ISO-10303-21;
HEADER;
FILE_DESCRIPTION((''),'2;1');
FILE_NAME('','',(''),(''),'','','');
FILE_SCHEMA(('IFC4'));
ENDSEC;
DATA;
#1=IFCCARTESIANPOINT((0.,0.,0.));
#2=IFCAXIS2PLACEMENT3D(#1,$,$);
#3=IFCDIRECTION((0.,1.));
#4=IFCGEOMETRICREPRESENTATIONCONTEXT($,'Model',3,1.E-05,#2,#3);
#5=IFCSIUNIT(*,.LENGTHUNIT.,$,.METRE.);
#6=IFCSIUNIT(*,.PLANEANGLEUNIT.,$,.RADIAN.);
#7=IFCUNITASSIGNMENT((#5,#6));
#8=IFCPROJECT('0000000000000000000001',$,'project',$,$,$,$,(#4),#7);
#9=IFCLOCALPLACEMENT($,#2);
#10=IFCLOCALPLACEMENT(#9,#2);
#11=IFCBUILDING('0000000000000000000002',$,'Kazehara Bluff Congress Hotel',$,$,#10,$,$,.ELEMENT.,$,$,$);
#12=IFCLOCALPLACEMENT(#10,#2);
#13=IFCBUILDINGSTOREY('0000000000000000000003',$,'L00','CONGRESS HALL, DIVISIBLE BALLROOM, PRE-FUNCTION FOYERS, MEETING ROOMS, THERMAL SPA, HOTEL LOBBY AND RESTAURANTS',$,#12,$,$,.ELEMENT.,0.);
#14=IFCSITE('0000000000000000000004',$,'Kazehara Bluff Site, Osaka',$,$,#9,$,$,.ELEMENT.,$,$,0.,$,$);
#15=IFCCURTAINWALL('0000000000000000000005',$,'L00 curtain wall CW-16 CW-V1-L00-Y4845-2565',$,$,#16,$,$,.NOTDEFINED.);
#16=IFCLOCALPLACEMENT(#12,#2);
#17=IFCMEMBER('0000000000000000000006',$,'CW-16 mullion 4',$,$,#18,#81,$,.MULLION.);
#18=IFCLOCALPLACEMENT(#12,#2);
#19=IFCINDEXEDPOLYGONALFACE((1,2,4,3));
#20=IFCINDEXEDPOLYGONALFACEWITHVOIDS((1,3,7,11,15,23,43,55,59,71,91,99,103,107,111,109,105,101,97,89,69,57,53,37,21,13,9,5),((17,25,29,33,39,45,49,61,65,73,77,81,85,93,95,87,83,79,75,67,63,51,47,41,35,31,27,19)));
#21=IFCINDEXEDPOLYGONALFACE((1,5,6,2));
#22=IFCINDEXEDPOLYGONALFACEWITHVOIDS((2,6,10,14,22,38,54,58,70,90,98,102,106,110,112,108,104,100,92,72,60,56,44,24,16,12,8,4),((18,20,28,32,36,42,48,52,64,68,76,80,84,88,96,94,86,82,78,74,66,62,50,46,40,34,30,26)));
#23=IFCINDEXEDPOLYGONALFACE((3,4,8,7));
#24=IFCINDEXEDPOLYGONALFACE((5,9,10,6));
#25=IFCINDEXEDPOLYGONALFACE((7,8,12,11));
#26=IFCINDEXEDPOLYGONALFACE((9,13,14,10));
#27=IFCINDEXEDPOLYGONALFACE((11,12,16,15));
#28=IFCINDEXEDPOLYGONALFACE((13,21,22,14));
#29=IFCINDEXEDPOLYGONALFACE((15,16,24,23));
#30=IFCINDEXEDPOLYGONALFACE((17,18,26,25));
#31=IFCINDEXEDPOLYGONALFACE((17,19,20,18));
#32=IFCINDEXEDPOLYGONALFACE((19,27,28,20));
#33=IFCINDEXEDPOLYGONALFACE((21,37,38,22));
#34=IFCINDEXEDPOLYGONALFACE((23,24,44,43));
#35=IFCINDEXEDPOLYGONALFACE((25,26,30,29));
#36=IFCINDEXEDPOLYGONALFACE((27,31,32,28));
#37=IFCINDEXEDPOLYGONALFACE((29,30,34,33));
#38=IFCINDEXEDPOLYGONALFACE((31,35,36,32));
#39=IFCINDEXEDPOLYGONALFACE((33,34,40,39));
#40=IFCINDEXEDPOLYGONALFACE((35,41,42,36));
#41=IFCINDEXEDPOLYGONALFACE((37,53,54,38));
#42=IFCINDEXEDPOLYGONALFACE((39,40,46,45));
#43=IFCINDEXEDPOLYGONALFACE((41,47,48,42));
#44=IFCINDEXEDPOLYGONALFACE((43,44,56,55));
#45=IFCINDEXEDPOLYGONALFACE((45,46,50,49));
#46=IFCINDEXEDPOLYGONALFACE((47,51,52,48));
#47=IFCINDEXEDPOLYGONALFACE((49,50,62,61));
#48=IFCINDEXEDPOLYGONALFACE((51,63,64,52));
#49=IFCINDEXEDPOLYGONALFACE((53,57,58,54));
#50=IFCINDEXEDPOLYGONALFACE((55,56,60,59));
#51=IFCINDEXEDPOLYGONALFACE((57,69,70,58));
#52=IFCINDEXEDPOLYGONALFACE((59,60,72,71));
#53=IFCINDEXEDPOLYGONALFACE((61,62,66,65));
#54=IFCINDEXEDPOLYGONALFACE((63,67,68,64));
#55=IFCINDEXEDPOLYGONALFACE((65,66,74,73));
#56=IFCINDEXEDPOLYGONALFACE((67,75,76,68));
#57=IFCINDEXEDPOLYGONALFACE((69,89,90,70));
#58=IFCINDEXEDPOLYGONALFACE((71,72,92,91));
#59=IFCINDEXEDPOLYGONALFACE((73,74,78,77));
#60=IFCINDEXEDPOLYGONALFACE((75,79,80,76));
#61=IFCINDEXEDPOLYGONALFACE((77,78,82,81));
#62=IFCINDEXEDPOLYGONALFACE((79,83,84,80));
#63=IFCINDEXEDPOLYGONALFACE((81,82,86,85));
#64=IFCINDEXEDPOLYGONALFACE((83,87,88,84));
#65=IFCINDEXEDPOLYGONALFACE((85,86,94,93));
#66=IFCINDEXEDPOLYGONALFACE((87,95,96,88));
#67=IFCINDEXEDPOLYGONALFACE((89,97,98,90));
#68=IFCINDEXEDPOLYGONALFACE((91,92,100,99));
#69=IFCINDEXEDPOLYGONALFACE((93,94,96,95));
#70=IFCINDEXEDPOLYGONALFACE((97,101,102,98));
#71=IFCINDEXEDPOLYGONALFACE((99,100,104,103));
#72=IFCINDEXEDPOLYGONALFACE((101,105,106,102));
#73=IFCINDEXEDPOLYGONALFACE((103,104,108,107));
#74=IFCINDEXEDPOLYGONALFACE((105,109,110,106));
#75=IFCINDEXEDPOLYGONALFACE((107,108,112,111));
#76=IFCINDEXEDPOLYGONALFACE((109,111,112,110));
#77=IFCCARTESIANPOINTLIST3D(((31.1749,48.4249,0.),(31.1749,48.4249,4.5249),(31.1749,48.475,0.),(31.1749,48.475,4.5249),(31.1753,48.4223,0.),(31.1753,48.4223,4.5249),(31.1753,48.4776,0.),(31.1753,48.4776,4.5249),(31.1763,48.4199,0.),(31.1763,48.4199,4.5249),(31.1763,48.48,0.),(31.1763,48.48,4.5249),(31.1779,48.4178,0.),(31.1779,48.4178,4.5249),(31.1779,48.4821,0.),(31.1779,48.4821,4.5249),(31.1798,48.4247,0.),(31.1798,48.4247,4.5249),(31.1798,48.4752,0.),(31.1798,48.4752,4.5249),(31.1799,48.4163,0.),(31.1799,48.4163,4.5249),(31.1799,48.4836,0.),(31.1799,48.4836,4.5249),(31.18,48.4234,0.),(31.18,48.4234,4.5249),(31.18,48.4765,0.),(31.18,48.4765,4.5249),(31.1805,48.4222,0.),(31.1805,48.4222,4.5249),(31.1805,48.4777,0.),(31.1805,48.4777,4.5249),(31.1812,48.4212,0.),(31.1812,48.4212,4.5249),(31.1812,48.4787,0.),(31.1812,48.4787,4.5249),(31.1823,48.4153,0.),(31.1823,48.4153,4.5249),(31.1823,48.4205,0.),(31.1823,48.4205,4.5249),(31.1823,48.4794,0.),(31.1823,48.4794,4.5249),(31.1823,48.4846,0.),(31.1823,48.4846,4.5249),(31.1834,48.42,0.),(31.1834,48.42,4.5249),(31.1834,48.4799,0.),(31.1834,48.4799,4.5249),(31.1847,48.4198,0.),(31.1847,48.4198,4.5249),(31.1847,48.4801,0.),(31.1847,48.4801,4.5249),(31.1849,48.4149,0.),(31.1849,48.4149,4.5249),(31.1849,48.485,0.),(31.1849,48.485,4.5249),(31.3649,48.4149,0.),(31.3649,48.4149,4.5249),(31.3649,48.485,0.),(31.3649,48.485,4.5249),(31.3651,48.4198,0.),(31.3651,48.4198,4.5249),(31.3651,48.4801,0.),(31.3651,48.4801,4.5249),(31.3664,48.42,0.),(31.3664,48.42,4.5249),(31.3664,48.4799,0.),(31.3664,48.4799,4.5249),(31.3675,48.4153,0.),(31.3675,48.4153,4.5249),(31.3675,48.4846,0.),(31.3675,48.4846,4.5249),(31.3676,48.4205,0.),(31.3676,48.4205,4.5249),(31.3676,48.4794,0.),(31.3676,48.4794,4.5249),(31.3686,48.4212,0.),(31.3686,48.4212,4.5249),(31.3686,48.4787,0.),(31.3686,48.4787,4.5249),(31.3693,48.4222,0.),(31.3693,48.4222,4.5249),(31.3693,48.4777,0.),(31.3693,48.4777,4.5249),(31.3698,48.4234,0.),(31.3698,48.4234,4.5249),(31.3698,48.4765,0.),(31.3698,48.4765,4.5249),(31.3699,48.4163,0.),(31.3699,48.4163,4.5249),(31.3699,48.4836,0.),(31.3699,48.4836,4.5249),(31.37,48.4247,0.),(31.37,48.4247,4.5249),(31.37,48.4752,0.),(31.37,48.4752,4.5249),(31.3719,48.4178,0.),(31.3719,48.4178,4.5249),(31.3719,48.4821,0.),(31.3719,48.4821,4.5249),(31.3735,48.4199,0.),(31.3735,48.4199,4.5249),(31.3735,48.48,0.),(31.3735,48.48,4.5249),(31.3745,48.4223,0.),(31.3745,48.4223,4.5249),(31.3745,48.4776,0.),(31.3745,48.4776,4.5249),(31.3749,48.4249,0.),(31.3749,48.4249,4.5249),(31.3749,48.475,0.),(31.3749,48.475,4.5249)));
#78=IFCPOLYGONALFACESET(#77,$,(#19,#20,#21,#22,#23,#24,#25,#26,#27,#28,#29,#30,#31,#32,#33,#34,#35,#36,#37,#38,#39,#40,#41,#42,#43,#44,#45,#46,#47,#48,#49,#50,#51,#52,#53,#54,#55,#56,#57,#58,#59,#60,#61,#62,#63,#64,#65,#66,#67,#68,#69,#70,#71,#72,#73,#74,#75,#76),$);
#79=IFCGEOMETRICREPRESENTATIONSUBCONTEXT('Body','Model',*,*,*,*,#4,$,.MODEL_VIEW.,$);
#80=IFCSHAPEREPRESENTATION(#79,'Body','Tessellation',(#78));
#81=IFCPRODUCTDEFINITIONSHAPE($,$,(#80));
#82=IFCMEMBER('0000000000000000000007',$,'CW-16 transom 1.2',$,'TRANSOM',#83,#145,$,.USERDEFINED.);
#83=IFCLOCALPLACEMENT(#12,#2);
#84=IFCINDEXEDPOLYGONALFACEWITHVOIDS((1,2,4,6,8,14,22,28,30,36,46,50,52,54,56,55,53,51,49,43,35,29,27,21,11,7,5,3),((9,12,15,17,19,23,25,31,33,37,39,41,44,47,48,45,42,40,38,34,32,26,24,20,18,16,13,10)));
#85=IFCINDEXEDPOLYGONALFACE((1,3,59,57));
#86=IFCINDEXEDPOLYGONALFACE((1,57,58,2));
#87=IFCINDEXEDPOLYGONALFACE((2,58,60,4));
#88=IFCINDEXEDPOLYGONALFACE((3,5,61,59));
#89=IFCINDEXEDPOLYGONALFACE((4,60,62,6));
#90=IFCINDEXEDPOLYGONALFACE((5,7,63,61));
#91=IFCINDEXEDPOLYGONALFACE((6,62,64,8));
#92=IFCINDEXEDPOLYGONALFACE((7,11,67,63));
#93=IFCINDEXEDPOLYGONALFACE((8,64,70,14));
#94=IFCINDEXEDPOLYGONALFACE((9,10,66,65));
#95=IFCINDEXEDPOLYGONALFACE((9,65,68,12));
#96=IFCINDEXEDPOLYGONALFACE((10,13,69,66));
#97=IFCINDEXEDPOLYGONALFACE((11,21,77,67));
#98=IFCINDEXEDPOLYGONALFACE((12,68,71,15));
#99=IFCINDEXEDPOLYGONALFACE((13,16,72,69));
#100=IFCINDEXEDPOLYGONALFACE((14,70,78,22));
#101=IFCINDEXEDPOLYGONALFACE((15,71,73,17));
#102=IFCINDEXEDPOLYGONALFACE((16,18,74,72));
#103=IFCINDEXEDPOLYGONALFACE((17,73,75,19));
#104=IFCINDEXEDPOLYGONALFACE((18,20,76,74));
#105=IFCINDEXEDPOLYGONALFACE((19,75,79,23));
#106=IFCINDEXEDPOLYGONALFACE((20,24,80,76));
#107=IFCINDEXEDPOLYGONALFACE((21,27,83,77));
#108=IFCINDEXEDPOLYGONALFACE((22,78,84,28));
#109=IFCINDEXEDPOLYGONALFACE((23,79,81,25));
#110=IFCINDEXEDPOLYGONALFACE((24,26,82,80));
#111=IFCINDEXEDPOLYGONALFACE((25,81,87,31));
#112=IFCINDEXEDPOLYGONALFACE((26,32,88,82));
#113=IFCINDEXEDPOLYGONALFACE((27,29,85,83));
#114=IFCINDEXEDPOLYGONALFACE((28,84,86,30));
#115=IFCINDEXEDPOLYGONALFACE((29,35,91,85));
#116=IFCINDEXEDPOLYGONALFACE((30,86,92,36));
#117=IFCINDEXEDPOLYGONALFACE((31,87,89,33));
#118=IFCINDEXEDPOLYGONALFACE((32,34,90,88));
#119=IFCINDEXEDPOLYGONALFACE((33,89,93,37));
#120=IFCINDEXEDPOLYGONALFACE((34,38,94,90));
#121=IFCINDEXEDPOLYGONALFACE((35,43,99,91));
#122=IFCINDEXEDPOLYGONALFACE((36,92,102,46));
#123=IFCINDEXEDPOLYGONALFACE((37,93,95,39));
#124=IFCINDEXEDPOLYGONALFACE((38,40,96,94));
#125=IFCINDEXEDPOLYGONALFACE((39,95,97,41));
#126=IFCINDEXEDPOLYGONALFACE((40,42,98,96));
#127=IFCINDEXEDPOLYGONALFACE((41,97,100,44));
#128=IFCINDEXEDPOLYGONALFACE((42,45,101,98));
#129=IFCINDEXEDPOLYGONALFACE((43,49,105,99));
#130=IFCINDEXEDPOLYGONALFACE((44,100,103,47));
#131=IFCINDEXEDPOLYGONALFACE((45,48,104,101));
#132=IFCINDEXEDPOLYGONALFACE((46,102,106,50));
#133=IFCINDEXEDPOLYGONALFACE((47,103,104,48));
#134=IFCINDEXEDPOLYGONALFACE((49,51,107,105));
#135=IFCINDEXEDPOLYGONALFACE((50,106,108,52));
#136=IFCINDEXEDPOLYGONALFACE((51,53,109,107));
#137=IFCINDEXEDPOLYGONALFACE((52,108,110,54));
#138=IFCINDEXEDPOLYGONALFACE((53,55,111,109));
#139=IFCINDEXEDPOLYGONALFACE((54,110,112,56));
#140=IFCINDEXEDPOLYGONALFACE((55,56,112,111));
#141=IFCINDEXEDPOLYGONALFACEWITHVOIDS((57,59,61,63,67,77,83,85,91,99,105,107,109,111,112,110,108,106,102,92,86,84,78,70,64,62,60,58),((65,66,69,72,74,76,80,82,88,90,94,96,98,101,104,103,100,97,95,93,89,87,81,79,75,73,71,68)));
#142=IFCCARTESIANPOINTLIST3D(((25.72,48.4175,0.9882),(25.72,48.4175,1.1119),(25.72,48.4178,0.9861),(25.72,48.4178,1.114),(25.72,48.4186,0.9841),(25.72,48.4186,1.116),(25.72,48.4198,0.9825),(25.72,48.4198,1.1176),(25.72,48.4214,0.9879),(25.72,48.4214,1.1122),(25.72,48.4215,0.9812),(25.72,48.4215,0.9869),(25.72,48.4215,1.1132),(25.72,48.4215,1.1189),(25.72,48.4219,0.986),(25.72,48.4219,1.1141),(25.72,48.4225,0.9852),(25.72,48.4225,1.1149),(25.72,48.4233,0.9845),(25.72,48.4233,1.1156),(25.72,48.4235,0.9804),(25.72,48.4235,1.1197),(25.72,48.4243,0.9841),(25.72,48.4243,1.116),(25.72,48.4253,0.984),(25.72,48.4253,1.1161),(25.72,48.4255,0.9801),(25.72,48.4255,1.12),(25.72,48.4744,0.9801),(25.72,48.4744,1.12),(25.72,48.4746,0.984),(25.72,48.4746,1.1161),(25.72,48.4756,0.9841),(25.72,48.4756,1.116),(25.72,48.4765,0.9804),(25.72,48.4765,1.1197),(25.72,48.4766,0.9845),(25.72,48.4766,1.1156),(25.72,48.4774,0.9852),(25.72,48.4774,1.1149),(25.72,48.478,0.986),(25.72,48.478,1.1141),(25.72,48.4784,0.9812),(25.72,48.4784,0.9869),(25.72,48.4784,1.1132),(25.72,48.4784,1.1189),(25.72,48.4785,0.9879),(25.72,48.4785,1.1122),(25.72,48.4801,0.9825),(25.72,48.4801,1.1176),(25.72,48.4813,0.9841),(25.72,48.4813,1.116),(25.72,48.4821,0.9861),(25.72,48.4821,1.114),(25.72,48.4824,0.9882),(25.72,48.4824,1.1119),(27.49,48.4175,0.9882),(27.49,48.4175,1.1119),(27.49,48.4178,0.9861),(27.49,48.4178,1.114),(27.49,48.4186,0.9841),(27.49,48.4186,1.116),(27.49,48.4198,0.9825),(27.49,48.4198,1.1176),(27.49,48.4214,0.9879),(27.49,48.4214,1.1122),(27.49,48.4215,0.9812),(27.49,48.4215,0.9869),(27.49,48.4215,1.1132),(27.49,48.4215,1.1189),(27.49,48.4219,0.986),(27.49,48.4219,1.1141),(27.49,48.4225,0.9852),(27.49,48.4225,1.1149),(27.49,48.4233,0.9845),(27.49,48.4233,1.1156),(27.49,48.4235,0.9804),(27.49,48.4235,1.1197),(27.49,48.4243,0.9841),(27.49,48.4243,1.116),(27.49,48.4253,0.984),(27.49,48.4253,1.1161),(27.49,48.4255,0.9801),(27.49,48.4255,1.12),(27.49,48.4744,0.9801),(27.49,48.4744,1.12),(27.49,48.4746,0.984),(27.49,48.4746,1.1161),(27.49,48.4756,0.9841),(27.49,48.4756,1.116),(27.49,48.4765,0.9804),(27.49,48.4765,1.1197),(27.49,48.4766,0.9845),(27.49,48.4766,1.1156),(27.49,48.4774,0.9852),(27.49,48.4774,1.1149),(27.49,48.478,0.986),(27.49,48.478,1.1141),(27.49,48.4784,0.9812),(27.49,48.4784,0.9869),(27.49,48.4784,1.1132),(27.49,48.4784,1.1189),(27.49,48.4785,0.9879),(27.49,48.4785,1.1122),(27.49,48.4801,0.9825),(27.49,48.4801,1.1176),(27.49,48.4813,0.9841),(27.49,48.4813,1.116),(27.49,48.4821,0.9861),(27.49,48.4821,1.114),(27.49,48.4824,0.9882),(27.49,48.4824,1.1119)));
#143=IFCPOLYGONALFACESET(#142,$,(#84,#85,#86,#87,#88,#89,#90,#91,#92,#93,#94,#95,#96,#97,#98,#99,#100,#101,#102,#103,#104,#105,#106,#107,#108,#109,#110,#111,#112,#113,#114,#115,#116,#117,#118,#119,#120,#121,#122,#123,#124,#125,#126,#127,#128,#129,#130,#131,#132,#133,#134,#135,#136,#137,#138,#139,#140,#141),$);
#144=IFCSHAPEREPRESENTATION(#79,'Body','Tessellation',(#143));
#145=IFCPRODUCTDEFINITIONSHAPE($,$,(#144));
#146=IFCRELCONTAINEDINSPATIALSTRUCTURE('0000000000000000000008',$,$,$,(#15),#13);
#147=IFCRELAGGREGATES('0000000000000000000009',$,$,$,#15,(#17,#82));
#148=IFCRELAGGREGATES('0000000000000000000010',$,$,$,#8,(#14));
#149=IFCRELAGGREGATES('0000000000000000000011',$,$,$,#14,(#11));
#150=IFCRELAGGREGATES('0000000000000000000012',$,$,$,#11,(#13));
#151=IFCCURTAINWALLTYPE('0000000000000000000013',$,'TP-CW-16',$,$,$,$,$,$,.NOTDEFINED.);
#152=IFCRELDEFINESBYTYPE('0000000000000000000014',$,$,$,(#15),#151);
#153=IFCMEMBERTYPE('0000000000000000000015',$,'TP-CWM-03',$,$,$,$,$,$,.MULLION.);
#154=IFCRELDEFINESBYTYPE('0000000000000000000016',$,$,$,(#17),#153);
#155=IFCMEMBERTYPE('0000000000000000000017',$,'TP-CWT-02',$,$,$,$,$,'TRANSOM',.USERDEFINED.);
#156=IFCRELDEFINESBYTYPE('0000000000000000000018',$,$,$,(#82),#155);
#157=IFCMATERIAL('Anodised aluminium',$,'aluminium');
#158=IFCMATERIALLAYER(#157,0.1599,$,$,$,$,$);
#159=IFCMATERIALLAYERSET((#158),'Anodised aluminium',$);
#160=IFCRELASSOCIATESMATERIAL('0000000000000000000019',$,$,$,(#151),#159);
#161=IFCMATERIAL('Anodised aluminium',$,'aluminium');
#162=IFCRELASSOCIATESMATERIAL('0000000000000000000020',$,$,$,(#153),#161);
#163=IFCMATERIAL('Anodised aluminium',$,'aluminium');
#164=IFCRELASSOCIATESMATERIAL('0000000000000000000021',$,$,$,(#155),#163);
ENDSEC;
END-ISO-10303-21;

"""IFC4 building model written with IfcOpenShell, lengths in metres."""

from ifc_helpers import new_model, si_unit, direction, frame, origin, origin_2d, place, context, subcontext, project, spatial, hollow_rectangle, extrude, material, layer, layer_set, material_profile, profile_set, type_object, element, aggregate, save


model = new_model("IFC4")

# Units and contexts
model_context = context("Model", 3, precision=1e-05, world=origin(), true_north=direction((0.0, 1.0)))
body_context = subcontext(model_context, "Body", "Model", "MODEL_VIEW")
ifc_project = project(units=[si_unit("LENGTHUNIT", "METRE"), si_unit("PLANEANGLEUNIT", "RADIAN")], contexts=[model_context])

# Site, building, storey
site_placement = place(None, origin())
site = spatial("IfcSite", under=ifc_project, at=site_placement, Name="Kazehara Bluff Site, Osaka", CompositionType="ELEMENT", RefElevation=0.0)
building_placement = place(site_placement, origin())
building = spatial("IfcBuilding", under=site, at=building_placement, Name="Kazehara Bluff Congress Hotel", CompositionType="ELEMENT")
storey_placement = place(building_placement, origin())
storey = spatial("IfcBuildingStorey", under=building, at=storey_placement, Name="L00", Description="CONGRESS HALL, DIVISIBLE BALLROOM, PRE-FUNCTION FOYERS, MEETING ROOMS, THERMAL SPA, HOTEL LOBBY AND RESTAURANTS", CompositionType="ELEMENT", Elevation=0.0)

# Curtain wall, members
ifc_material_1 = material(Name="Anodised aluminium", Category="aluminium")
ifc_layer_1 = layer(ifc_material_1, 0.1599)
ifc_layer_set_1 = layer_set([ifc_layer_1], Name="Anodised aluminium")
curtain_wall_type = type_object("IfcCurtainWallType", Name="TP-CW-16", PredefinedType="NOTDEFINED", material=ifc_layer_set_1)
curtain_wall_placement = place(storey_placement, origin())
curtain_wall = element("IfcCurtainWall", 1, at=curtain_wall_placement, inside=storey, type_object=curtain_wall_type, Name="L00 curtain wall CW-16 CW-V1-L00-Y4845-2565", PredefinedType="NOTDEFINED")
ifc_material_2 = material(Name="Anodised aluminium", Category="aluminium")
ifc_material_profile_1 = material_profile(ifc_material_2, hollow_rectangle(XDim=0.0701, YDim=0.2, WallThickness=0.0049, InnerFilletRadius=0.0049, OuterFilletRadius=0.01, at=origin_2d()))
ifc_profile_set_1 = profile_set([ifc_material_profile_1], Name="Anodised aluminium")
member_type_1 = type_object("IfcMemberType", Name="TP-CWM-03", PredefinedType="MULLION", material=ifc_profile_set_1)
member_1_placement = place(storey_placement, frame((31.2749, 48.45, 0.0), z_axis=(0.0, 0.0, 1.0), x_axis=(0.0, 1.0, 0.0)))
member_1 = element("IfcMember", 2, at=member_1_placement, type_object=member_type_1, Name="CW-16 mullion 4", PredefinedType="MULLION", context=body_context, shape_type="SweptSolid", body=[
    extrude(hollow_rectangle(XDim=0.0701, YDim=0.2, WallThickness=0.0049, InnerFilletRadius=0.0049, OuterFilletRadius=0.01, at=origin_2d()), origin(), (0.0, 0.0, 1.0), 4.5249),
])
ifc_material_3 = material(Name="Anodised aluminium", Category="aluminium")
ifc_material_profile_2 = material_profile(ifc_material_3, hollow_rectangle(XDim=0.0649, YDim=0.1399, WallThickness=0.0039, InnerFilletRadius=0.0039, OuterFilletRadius=0.0081, at=origin_2d()))
ifc_profile_set_2 = profile_set([ifc_material_profile_2], Name="Anodised aluminium")
member_type_2 = type_object("IfcMemberType", Name="TP-CWT-02", ElementType="TRANSOM", PredefinedType="USERDEFINED", material=ifc_profile_set_2)
member_2_placement = place(storey_placement, frame((25.72, 48.45, 1.05), z_axis=(1.0, 0.0, 0.0), x_axis=(0.0, 1.0, 0.0)))
member_2 = element("IfcMember", 3, at=member_2_placement, type_object=member_type_2, Name="CW-16 transom 1.2", ObjectType="TRANSOM", PredefinedType="USERDEFINED", context=body_context, shape_type="SweptSolid", body=[
    extrude(hollow_rectangle(XDim=0.0649, YDim=0.1399, WallThickness=0.0039, InnerFilletRadius=0.0039, OuterFilletRadius=0.0081, at=origin_2d()), origin(), (0.0, 0.0, 1.0), 1.77),
])
aggregate(curtain_wall, [member_1, member_2])

save(model, "model.ifc")
